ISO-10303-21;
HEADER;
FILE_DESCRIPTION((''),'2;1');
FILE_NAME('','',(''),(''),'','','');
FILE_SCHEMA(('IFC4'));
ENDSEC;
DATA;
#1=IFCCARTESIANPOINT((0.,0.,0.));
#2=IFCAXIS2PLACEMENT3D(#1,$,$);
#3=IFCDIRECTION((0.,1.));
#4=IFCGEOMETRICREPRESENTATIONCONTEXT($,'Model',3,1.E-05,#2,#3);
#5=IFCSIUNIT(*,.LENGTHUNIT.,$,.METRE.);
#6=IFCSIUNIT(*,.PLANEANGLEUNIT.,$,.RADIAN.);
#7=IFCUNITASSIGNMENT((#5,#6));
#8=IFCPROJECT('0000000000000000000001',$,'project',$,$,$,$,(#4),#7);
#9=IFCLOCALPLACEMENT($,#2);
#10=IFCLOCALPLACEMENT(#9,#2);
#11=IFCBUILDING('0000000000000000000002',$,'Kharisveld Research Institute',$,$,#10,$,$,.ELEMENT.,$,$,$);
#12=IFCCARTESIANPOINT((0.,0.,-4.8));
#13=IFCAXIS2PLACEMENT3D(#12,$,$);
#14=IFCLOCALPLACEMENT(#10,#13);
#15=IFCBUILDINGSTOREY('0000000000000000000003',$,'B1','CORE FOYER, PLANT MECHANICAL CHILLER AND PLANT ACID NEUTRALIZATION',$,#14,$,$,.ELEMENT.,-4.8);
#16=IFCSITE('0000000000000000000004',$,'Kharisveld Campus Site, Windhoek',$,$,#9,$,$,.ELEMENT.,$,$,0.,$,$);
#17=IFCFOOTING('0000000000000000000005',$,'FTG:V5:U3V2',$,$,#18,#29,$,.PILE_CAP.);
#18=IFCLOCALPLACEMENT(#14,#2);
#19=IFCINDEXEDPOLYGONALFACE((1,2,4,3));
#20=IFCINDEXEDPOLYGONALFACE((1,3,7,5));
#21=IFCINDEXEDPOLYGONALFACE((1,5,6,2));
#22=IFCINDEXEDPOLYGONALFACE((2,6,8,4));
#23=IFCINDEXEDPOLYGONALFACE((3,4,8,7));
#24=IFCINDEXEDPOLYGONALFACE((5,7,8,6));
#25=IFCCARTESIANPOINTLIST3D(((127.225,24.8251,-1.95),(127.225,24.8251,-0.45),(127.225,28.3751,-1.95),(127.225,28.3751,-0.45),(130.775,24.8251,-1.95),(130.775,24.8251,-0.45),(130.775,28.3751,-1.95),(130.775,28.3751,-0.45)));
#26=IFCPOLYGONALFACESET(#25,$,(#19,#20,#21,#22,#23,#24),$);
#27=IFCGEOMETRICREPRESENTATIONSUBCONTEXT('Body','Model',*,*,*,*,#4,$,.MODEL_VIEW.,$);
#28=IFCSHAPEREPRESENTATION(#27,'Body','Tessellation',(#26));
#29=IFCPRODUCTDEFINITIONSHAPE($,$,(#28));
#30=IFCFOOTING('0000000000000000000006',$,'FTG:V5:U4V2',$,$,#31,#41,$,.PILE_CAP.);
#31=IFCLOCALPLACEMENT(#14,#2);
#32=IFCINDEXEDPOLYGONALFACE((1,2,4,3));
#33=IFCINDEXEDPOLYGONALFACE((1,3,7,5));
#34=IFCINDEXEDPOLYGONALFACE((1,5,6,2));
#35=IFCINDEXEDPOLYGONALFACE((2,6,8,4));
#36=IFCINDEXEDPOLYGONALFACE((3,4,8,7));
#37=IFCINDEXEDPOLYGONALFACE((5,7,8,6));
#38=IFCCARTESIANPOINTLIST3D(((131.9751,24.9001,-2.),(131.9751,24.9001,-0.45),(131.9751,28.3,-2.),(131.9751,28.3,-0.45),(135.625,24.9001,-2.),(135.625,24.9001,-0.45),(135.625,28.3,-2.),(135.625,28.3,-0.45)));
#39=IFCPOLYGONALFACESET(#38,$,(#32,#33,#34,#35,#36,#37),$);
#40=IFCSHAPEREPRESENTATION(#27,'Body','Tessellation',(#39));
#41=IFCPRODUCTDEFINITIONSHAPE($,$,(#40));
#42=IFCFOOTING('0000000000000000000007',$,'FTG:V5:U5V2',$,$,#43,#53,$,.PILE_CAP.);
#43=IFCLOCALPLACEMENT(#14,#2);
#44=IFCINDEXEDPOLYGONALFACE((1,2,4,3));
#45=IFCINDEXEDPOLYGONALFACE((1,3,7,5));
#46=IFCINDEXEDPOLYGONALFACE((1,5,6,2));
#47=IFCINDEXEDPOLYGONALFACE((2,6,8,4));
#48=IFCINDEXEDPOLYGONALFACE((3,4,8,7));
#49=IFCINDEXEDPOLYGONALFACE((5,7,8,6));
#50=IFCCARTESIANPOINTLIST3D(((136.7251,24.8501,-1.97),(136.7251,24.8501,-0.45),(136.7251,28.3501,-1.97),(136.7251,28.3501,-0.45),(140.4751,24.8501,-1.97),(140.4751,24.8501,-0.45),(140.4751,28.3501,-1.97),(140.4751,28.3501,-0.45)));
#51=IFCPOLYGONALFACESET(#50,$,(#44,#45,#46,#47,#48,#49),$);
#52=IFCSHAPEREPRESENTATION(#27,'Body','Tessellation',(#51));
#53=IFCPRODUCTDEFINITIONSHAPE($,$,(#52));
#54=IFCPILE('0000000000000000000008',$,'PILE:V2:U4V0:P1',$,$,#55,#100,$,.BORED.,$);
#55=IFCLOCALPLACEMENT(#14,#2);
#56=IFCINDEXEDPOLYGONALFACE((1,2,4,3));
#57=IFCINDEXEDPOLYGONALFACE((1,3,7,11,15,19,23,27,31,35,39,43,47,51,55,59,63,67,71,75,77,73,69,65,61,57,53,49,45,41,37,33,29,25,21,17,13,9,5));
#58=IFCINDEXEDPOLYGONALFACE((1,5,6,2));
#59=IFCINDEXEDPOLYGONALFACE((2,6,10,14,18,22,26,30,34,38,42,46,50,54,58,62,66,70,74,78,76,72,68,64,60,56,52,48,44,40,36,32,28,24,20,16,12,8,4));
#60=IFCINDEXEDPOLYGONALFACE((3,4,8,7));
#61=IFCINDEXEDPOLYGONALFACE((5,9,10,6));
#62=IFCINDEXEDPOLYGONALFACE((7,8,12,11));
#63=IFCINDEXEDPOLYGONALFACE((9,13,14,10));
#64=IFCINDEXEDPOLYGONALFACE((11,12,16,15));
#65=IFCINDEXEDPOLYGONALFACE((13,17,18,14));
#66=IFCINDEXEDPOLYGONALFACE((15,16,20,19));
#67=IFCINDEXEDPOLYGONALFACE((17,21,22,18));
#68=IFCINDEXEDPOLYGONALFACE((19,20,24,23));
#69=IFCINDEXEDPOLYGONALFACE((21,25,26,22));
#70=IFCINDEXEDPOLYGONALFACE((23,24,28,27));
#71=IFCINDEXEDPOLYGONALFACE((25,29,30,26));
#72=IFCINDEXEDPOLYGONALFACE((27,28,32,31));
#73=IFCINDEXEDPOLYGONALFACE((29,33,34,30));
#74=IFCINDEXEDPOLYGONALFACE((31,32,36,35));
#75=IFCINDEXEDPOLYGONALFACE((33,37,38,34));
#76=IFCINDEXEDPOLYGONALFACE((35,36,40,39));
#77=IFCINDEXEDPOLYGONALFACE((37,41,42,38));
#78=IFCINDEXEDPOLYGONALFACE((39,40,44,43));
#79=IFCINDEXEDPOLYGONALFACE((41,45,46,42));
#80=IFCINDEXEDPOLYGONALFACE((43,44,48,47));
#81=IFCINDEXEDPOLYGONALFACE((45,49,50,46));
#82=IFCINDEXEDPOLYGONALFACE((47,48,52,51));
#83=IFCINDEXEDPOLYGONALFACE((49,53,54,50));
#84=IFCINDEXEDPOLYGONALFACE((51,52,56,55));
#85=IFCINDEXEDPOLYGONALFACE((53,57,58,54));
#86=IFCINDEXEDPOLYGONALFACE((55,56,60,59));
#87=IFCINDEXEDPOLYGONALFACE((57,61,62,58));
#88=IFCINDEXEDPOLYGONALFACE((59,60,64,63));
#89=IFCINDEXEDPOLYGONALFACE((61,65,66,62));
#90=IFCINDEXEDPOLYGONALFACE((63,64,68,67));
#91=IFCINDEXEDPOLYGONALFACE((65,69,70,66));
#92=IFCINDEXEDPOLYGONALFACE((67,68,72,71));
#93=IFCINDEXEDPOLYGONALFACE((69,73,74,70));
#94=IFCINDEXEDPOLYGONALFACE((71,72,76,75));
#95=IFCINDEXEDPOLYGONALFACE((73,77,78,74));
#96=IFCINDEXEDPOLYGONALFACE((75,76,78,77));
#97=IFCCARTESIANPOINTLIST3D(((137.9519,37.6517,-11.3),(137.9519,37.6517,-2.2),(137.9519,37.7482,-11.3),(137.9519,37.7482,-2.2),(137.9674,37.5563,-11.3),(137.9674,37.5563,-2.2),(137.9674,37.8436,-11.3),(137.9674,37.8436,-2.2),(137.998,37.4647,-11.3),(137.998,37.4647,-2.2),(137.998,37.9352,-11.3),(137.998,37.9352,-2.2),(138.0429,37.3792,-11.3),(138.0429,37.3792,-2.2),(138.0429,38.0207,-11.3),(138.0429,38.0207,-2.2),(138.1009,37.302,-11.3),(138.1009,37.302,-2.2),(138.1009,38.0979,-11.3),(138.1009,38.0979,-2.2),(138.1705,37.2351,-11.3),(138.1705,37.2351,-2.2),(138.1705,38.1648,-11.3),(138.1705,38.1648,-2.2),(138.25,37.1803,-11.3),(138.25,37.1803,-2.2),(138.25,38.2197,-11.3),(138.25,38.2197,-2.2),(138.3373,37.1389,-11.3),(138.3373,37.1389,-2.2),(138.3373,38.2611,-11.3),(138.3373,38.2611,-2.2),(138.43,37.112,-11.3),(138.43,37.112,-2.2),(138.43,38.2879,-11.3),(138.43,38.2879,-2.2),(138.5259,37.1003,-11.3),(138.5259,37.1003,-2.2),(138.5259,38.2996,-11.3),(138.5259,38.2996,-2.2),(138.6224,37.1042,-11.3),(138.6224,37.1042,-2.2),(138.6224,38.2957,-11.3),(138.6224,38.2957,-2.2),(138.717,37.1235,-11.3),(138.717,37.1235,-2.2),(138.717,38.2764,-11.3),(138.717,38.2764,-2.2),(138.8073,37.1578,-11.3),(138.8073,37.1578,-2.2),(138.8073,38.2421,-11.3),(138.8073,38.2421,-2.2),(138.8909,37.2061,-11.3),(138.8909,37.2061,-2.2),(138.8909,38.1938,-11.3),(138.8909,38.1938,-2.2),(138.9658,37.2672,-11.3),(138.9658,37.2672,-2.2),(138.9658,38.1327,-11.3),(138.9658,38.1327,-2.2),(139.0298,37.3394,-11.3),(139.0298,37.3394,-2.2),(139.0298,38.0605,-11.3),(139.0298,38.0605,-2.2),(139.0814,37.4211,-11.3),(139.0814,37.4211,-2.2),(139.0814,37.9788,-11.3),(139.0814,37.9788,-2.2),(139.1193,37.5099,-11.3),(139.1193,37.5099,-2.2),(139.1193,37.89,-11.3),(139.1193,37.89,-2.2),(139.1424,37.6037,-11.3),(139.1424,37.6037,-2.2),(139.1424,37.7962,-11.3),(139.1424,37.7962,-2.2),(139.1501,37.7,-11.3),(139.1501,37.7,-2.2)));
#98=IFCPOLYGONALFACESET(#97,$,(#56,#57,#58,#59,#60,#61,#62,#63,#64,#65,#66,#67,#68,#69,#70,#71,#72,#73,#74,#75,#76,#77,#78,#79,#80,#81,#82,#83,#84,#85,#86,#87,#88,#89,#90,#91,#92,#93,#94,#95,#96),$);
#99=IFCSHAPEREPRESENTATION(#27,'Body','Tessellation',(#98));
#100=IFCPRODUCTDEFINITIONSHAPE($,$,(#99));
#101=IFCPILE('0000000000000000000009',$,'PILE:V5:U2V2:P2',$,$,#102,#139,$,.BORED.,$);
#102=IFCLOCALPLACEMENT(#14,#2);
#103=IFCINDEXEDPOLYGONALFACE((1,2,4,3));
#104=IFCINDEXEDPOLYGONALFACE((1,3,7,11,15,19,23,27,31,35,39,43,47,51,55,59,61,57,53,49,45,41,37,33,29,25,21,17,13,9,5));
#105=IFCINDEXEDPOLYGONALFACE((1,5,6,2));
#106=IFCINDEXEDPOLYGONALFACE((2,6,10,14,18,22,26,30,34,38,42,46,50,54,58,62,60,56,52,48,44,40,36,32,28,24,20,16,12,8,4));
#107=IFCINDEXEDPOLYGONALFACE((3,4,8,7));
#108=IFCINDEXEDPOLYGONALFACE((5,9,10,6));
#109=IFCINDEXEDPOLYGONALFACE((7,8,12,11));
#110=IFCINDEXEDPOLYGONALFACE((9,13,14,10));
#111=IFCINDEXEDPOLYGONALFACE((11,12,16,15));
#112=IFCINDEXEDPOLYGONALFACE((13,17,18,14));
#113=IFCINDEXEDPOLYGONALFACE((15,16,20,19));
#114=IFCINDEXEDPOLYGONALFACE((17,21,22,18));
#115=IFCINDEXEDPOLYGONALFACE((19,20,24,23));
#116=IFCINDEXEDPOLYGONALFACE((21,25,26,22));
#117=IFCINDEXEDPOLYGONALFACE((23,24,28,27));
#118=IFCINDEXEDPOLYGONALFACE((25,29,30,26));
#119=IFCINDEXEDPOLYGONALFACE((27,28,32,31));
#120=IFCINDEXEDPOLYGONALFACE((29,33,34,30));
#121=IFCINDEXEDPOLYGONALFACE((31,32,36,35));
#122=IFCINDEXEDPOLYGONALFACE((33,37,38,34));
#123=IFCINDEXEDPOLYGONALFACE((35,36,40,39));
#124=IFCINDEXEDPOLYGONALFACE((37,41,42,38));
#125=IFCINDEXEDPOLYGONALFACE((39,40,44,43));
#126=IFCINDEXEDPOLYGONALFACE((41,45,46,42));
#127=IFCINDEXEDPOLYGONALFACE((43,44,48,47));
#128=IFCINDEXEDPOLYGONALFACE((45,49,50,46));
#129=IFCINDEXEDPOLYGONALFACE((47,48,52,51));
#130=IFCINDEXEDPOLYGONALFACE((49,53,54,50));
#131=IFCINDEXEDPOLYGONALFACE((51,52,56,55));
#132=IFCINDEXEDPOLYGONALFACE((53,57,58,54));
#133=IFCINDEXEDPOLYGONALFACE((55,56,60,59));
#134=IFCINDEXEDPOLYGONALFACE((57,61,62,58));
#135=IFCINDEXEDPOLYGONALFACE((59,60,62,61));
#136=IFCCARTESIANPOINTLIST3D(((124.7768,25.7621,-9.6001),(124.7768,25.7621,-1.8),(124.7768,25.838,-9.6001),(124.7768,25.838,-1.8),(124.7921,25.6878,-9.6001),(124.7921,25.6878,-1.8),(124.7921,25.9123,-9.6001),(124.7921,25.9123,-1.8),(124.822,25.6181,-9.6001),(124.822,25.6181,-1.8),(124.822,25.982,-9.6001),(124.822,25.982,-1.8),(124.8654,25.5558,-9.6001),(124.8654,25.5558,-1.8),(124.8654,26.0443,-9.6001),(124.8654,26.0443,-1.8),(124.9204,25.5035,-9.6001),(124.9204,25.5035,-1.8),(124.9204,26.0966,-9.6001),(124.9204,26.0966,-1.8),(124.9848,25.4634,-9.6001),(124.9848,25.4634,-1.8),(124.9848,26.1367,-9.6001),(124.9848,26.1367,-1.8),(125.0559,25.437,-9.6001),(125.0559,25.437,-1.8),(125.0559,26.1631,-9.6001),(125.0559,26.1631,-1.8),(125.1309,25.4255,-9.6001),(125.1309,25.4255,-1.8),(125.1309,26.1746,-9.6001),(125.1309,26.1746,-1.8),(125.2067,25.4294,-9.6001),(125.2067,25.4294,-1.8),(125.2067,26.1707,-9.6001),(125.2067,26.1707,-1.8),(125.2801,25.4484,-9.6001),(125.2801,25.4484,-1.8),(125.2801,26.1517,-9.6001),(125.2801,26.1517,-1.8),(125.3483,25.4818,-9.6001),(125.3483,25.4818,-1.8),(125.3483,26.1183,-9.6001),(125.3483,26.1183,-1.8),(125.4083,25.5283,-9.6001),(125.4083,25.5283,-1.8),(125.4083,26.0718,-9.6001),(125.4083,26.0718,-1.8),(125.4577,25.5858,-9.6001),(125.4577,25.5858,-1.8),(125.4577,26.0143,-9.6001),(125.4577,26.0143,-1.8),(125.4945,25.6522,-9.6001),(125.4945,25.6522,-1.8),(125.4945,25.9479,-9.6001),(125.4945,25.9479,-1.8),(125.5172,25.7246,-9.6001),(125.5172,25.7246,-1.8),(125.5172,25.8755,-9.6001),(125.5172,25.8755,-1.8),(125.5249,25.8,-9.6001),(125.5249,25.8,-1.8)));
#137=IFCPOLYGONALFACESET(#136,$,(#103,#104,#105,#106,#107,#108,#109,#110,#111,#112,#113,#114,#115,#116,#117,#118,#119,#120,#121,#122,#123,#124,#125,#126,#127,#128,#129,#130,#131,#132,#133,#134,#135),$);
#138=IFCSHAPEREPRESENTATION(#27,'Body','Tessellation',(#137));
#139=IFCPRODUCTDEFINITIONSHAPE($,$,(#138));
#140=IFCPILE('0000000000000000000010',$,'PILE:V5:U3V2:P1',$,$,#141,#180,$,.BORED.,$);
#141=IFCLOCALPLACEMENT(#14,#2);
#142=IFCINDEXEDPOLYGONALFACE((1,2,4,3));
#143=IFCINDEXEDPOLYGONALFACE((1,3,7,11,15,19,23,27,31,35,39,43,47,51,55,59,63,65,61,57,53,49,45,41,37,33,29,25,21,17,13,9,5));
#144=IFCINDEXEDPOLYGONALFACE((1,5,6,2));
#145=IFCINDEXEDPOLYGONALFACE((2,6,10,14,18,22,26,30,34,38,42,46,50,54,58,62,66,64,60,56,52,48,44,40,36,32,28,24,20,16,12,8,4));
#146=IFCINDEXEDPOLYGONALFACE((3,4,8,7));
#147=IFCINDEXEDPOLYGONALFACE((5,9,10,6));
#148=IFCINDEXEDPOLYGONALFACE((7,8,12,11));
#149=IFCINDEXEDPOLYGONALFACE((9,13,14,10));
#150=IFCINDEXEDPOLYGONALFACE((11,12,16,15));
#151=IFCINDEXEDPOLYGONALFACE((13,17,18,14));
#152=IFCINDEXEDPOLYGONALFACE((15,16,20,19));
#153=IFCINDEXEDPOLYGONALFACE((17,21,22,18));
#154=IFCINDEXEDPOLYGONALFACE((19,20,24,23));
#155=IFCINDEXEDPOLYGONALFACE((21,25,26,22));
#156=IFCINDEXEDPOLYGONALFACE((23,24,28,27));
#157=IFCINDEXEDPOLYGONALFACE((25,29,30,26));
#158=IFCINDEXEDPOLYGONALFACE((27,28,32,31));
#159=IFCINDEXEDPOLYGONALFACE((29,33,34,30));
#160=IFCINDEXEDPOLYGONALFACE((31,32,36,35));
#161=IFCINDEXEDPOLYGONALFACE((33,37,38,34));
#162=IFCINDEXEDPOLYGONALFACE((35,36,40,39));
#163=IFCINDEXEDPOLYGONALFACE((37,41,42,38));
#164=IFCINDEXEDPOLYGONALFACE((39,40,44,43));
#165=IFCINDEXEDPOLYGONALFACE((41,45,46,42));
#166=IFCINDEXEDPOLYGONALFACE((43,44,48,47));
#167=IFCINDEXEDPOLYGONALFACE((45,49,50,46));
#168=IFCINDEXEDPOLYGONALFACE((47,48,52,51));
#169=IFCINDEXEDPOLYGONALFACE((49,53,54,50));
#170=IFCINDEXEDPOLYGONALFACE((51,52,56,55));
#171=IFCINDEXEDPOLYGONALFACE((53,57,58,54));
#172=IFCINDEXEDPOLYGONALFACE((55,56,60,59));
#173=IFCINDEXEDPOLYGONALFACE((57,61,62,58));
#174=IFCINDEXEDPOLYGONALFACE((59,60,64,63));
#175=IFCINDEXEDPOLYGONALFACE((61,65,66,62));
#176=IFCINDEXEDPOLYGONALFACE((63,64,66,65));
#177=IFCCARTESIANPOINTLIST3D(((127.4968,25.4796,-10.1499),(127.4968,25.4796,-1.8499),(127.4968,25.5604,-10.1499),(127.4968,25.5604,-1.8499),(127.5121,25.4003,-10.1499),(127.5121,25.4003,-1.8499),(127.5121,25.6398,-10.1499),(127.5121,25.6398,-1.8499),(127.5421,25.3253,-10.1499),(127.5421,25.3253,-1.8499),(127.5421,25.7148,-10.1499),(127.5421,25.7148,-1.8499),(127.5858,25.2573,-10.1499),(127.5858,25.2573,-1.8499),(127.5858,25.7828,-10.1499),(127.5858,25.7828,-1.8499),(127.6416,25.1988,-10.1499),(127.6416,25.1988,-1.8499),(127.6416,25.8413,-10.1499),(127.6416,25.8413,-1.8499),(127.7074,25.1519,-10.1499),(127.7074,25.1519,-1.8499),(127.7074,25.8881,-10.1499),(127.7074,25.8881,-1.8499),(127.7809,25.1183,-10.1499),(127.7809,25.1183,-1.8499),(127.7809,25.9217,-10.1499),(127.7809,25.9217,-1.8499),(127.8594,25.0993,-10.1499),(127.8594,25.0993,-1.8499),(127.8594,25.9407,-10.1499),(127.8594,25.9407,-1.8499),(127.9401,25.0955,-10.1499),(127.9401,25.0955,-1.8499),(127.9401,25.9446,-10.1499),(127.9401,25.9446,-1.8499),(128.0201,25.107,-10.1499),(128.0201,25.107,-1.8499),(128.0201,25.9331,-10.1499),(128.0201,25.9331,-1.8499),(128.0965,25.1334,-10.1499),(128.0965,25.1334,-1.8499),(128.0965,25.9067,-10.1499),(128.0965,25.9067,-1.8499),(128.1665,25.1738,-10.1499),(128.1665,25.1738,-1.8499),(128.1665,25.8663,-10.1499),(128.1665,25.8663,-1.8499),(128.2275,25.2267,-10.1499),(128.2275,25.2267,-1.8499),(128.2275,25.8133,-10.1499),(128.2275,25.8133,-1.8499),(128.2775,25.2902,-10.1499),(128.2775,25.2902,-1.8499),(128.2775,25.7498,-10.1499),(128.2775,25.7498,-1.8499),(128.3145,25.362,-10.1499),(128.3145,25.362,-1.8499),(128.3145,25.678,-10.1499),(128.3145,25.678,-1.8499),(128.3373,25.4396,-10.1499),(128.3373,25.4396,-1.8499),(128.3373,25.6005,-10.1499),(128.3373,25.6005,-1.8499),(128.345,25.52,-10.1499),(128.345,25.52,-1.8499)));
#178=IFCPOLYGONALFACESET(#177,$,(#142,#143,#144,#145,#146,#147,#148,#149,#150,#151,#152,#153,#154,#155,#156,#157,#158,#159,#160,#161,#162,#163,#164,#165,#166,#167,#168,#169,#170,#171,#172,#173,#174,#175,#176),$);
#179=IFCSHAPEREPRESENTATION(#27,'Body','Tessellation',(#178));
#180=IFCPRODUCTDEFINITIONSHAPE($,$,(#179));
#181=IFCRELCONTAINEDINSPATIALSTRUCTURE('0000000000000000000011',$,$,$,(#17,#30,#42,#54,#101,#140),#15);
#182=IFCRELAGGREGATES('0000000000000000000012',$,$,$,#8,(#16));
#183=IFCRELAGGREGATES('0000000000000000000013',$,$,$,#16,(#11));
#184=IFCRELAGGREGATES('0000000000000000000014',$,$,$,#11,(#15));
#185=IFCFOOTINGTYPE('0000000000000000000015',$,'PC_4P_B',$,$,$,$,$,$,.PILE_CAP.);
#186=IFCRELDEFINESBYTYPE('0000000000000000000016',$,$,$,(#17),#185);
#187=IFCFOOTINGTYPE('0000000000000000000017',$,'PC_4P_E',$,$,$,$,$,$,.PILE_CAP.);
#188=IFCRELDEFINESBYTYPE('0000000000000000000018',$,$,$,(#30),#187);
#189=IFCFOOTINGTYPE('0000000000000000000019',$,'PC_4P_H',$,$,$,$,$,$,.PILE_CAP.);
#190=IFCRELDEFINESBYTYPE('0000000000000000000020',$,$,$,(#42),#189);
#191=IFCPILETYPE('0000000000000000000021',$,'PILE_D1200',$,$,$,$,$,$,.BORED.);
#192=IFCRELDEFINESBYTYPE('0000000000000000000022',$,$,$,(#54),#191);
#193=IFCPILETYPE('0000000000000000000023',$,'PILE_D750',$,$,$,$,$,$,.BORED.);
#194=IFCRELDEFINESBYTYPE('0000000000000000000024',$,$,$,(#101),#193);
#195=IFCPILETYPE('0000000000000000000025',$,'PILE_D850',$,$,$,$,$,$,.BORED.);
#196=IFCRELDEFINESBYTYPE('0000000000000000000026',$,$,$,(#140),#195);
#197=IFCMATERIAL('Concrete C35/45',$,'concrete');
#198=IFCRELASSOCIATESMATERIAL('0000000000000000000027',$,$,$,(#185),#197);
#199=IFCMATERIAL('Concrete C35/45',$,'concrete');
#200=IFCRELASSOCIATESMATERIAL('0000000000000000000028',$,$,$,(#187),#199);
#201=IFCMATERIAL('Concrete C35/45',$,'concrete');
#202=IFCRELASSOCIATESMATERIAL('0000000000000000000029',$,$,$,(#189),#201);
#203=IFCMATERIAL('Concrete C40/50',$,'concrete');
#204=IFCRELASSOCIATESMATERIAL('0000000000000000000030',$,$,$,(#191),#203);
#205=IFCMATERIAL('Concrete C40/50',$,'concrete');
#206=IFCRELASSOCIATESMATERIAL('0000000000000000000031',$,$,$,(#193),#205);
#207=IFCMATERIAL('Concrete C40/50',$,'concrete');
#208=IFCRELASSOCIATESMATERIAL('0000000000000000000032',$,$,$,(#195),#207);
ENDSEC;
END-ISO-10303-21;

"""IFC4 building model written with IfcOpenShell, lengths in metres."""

from ifc_helpers import new_model, si_unit, direction, frame, origin, origin_2d, place, context, subcontext, project, spatial, rectangle, circle, extrude, material, material_profile, profile_set, type_object, element, save


model = new_model("IFC4")

# Units and contexts
model_context = context("Model", 3, precision=1e-05, world=origin(), true_north=direction((0.0, 1.0)))
body_context = subcontext(model_context, "Body", "Model", "MODEL_VIEW")
ifc_project = project(units=[si_unit("LENGTHUNIT", "METRE"), si_unit("PLANEANGLEUNIT", "RADIAN")], contexts=[model_context])

# Site, building, storey
site_placement = place(None, origin())
site = spatial("IfcSite", under=ifc_project, at=site_placement, Name="Kharisveld Campus Site, Windhoek", CompositionType="ELEMENT", RefElevation=0.0)
building_placement = place(site_placement, origin())
building = spatial("IfcBuilding", under=site, at=building_placement, Name="Kharisveld Research Institute", CompositionType="ELEMENT")
storey_placement = place(building_placement, frame((0.0, 0.0, -4.8)))
storey = spatial("IfcBuildingStorey", under=building, at=storey_placement, Name="B1", Description="CORE FOYER, PLANT MECHANICAL CHILLER AND PLANT ACID NEUTRALIZATION", CompositionType="ELEMENT", Elevation=-4.8)

# Footings
ifc_material_1 = material(Name="Concrete C35/45", Category="concrete")
footing_type_1 = type_object("IfcFootingType", Name="PC_4P_B", PredefinedType="PILE_CAP", material=ifc_material_1)
footing_1_placement = place(storey_placement, frame((129.0, 26.6001, -1.95), z_axis=(0.0, 0.0, 1.0), x_axis=(1.0, 0.0, 0.0)))
element("IfcFooting", 1, at=footing_1_placement, inside=storey, type_object=footing_type_1, Name="FTG:V5:U3V2", PredefinedType="PILE_CAP", context=body_context, shape_type="SweptSolid", body=[
    extrude(rectangle(XDim=3.55, YDim=3.55, at=origin_2d()), origin(), (0.0, 0.0, 1.0), 1.5),
])
ifc_material_2 = material(Name="Concrete C35/45", Category="concrete")
footing_type_2 = type_object("IfcFootingType", Name="PC_4P_E", PredefinedType="PILE_CAP", material=ifc_material_2)
footing_2_placement = place(storey_placement, frame((133.8, 26.6001, -2.0), z_axis=(0.0, 0.0, 1.0), x_axis=(1.0, 0.0, 0.0)))
element("IfcFooting", 2, at=footing_2_placement, inside=storey, type_object=footing_type_2, Name="FTG:V5:U4V2", PredefinedType="PILE_CAP", context=body_context, shape_type="SweptSolid", body=[
    extrude(rectangle(XDim=3.6499, YDim=3.3999, at=origin_2d()), origin(), (0.0, 0.0, 1.0), 1.55),
])
ifc_material_3 = material(Name="Concrete C35/45", Category="concrete")
footing_type_3 = type_object("IfcFootingType", Name="PC_4P_H", PredefinedType="PILE_CAP", material=ifc_material_3)
footing_3_placement = place(storey_placement, frame((138.6001, 26.6001, -1.97), z_axis=(0.0, 0.0, 1.0), x_axis=(1.0, 0.0, 0.0)))
element("IfcFooting", 3, at=footing_3_placement, inside=storey, type_object=footing_type_3, Name="FTG:V5:U5V2", PredefinedType="PILE_CAP", context=body_context, shape_type="SweptSolid", body=[
    extrude(rectangle(XDim=3.75, YDim=3.5, at=origin_2d()), origin(), (0.0, 0.0, 1.0), 1.52),
])

# Piles
ifc_material_4 = material(Name="Concrete C40/50", Category="concrete")
ifc_material_profile_1 = material_profile(ifc_material_4, circle(Radius=0.6001, at=origin_2d()))
ifc_profile_set_1 = profile_set([ifc_material_profile_1], Name="Concrete C40/50")
pile_type_1 = type_object("IfcPileType", Name="PILE_D1200", PredefinedType="BORED", material=ifc_profile_set_1)
pile_1_placement = place(storey_placement, frame((138.55, 37.7, -2.2), z_axis=(0.0, 0.0, -1.0), x_axis=(1.0, 0.0, 0.0)))
element("IfcPile", 4, at=pile_1_placement, inside=storey, type_object=pile_type_1, Name="PILE:V2:U4V0:P1", PredefinedType="BORED", context=body_context, shape_type="SweptSolid", body=[
    extrude(circle(Radius=0.6001, at=origin_2d()), origin(), (0.0, 0.0, 1.0), 9.1001),
])
ifc_material_5 = material(Name="Concrete C40/50", Category="concrete")
ifc_material_profile_2 = material_profile(ifc_material_5, circle(Radius=0.375, at=origin_2d()))
ifc_profile_set_2 = profile_set([ifc_material_profile_2], Name="Concrete C40/50")
pile_type_2 = type_object("IfcPileType", Name="PILE_D750", PredefinedType="BORED", material=ifc_profile_set_2)
pile_2_placement = place(storey_placement, frame((125.1499, 25.8, -1.8), z_axis=(0.0, 0.0, -1.0), x_axis=(1.0, 0.0, 0.0)))
element("IfcPile", 5, at=pile_2_placement, inside=storey, type_object=pile_type_2, Name="PILE:V5:U2V2:P2", PredefinedType="BORED", context=body_context, shape_type="SweptSolid", body=[
    extrude(circle(Radius=0.375, at=origin_2d()), origin(), (0.0, 0.0, 1.0), 7.8),
])
ifc_material_6 = material(Name="Concrete C40/50", Category="concrete")
ifc_material_profile_3 = material_profile(ifc_material_6, circle(Radius=0.425, at=origin_2d()))
ifc_profile_set_3 = profile_set([ifc_material_profile_3], Name="Concrete C40/50")
pile_type_3 = type_object("IfcPileType", Name="PILE_D850", PredefinedType="BORED", material=ifc_profile_set_3)
for number, where, z_axis, x_axis, name in (
    (6, (127.9199, 25.52, -1.8499), (0.0, 0.0, -1.0), (1.0, 0.0, 0.0), "PILE:V5:U3V2:P1"),
):
    element("IfcPile", number, at=place(storey_placement, frame(where, z_axis=z_axis, x_axis=x_axis)), inside=storey, type_object=pile_type_3, Name=name, PredefinedType="BORED", context=body_context, shape_type="SweptSolid", body=[
        extrude(circle(Radius=0.425, at=origin_2d()), origin(), (0.0, 0.0, 1.0), 8.3),
    ])

save(model, "model.ifc")
